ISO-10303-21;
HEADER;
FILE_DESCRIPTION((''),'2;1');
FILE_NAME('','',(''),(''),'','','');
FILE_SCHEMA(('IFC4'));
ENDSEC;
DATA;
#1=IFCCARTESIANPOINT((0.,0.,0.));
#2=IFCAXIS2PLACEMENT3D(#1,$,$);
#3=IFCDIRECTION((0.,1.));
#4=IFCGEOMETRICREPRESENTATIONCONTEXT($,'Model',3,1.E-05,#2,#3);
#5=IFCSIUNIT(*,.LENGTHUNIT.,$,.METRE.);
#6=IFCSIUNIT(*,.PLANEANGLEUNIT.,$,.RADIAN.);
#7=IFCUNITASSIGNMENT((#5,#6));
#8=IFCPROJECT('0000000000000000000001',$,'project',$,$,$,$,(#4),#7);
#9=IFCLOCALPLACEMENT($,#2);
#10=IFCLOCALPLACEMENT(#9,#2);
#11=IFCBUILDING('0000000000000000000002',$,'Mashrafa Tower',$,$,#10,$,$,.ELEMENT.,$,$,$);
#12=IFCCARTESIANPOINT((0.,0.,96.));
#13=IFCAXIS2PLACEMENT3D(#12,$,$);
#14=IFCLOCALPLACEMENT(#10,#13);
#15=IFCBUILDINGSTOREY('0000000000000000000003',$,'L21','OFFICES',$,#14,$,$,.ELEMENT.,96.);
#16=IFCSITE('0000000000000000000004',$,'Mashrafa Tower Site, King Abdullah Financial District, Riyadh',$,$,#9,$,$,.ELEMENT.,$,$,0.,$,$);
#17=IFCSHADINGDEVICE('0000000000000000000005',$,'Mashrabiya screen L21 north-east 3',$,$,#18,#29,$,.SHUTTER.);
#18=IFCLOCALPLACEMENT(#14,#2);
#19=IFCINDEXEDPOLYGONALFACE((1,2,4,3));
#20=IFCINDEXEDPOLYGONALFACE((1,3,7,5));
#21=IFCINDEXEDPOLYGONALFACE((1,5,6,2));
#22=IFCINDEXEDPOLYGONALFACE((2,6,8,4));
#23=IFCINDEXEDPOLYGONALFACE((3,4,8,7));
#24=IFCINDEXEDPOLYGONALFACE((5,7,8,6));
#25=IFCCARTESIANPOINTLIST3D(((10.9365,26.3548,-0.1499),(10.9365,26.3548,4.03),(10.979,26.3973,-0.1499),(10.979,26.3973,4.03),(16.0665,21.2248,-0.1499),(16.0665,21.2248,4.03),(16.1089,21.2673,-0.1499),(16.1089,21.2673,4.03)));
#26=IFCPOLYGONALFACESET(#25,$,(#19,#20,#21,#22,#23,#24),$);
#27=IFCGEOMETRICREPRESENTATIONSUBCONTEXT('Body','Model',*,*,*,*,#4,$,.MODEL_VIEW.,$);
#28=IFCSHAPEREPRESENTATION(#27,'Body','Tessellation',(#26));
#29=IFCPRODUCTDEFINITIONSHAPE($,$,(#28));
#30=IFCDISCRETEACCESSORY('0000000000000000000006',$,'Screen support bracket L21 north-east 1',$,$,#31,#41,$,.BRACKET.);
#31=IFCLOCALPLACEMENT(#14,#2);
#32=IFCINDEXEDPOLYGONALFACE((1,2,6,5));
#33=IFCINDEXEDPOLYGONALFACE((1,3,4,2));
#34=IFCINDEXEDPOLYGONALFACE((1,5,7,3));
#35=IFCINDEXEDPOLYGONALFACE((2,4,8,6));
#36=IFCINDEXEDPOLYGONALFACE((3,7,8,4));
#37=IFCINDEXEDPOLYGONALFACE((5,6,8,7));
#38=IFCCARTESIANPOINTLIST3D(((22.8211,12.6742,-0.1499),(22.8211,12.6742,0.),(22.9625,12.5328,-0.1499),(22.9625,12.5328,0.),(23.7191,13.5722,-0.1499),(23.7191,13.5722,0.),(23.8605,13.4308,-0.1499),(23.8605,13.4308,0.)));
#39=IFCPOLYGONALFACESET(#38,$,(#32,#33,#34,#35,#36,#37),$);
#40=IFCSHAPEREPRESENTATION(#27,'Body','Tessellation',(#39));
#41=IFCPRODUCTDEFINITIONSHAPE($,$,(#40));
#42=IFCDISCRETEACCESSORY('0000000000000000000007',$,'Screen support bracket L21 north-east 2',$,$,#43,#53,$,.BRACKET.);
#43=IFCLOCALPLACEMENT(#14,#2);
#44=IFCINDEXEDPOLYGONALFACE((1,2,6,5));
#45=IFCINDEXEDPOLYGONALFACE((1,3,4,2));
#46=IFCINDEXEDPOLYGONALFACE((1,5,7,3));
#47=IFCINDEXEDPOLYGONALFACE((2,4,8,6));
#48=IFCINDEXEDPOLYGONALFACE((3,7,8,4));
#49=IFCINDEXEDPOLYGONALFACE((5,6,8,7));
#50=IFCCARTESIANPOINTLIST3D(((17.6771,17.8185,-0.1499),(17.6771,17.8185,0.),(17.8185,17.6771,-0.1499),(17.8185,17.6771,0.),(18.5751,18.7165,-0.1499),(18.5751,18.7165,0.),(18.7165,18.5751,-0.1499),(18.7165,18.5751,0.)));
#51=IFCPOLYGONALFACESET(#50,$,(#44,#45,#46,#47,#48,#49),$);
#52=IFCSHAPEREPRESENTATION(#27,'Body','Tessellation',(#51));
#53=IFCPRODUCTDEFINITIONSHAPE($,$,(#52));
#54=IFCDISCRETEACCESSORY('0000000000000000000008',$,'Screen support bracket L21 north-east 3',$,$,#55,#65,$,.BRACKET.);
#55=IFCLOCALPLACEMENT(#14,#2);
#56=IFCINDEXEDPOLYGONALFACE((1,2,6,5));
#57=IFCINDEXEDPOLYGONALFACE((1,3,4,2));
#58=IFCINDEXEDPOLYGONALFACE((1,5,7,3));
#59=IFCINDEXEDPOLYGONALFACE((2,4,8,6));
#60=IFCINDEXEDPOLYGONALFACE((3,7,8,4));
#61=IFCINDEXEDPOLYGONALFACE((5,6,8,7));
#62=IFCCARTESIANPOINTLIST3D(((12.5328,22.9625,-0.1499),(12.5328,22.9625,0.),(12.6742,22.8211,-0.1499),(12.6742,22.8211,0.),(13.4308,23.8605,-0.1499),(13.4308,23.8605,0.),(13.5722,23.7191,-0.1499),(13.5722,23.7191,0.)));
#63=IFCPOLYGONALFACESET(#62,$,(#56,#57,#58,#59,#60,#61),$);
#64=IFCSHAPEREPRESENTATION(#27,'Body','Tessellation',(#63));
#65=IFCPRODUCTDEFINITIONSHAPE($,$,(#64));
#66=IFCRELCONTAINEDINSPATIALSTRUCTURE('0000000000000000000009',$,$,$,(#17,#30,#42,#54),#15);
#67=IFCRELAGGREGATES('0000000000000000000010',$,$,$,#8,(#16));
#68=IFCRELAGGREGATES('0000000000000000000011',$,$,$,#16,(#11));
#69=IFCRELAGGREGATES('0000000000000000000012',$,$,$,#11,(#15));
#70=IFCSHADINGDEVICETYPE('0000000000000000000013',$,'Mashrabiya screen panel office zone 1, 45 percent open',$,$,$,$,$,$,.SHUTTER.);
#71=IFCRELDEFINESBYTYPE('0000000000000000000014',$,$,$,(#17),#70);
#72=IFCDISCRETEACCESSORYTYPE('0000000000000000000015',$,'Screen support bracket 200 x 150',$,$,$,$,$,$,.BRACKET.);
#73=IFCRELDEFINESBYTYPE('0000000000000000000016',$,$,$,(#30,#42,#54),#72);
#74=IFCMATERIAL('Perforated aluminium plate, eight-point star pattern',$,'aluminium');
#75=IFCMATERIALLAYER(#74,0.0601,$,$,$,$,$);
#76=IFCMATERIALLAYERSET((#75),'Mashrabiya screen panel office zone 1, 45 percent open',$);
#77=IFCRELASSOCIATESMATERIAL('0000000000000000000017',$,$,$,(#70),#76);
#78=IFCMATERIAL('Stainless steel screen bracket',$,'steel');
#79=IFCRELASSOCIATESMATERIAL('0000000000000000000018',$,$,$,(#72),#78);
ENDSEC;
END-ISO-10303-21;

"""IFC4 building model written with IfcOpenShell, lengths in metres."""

from ifc_helpers import new_model, si_unit, direction, frame, origin, origin_2d, place, context, subcontext, project, spatial, rectangle, extrude, source, transform, mapped, material, layer, layer_set, type_object, type_shapes, element, save


model = new_model("IFC4")

# Units and contexts
model_context = context("Model", 3, precision=1e-05, world=origin(), true_north=direction((0.0, 1.0)))
body_context = subcontext(model_context, "Body", "Model", "MODEL_VIEW")
ifc_project = project(units=[si_unit("LENGTHUNIT", "METRE"), si_unit("PLANEANGLEUNIT", "RADIAN")], contexts=[model_context])

# Site, building, storey
site_placement = place(None, origin())
site = spatial("IfcSite", under=ifc_project, at=site_placement, Name="Mashrafa Tower Site, King Abdullah Financial District, Riyadh", CompositionType="ELEMENT", RefElevation=0.0)
building_placement = place(site_placement, origin())
building = spatial("IfcBuilding", under=site, at=building_placement, Name="Mashrafa Tower", CompositionType="ELEMENT")
storey_placement = place(building_placement, frame((0.0, 0.0, 96.0)))
storey = spatial("IfcBuildingStorey", under=building, at=storey_placement, Name="L21", Description="OFFICES", CompositionType="ELEMENT", Elevation=96.0)

# Shading device
ifc_material_1 = material(Name="Perforated aluminium plate, eight-point star pattern", Category="aluminium")
ifc_layer_1 = layer(ifc_material_1, 0.0601)
ifc_layer_set_1 = layer_set([ifc_layer_1], Name="Mashrabiya screen panel office zone 1, 45 percent open")
shading_device_type = type_object("IfcShadingDeviceType", Name="Mashrabiya screen panel office zone 1, 45 percent open", PredefinedType="SHUTTER", material=ifc_layer_set_1)
shared_shape_1 = source(origin(), body_context, "Body", "SweptSolid", [
    extrude(rectangle(XDim=7.2549, YDim=0.0601, at=origin_2d()), origin(), (0.0, 0.0, 1.0), 4.1799),
])
type_shapes(shading_device_type, [shared_shape_1])
for number, where, z_axis, x_axis, name in (
    (1, (13.5227, 23.811, -0.1499), (0.0, 0.0, 1.0), (-0.707107, 0.707107, 0.0), "Mashrabiya screen L21 north-east 3"),
):
    element("IfcShadingDevice", number, at=place(storey_placement, frame(where, z_axis=z_axis, x_axis=x_axis)), inside=storey, type_object=shading_device_type, Name=name, PredefinedType="SHUTTER", context=body_context, shape_type="MappedRepresentation", body=[
        mapped(shared_shape_1, transform((0.0, 0.0, 0.0))),
    ])

# Discrete accessories
ifc_material_2 = material(Name="Stainless steel screen bracket", Category="steel")
discrete_accessory_type = type_object("IfcDiscreteAccessoryType", Name="Screen support bracket 200 x 150", PredefinedType="BRACKET", material=ifc_material_2)
shared_shape_2 = source(origin(), body_context, "Body", "SweptSolid", [
    extrude(rectangle(XDim=0.2, YDim=1.27, at=origin_2d()), origin(), (0.0, 0.0, 1.0), 0.1499),
])
type_shapes(discrete_accessory_type, [shared_shape_2])
for number, where, z_axis, x_axis, name in (
    (2, (23.3408, 13.0525, -0.1499), (0.0, 0.0, 1.0), (-0.707107, 0.707107, 0.0), "Screen support bracket L21 north-east 1"),
    (3, (18.1968, 18.1968, -0.1499), (0.0, 0.0, 1.0), (-0.707107, 0.707107, 0.0), "Screen support bracket L21 north-east 2"),
    (4, (13.0525, 23.3408, -0.1499), (0.0, 0.0, 1.0), (-0.707107, 0.707107, 0.0), "Screen support bracket L21 north-east 3"),
):
    element("IfcDiscreteAccessory", number, at=place(storey_placement, frame(where, z_axis=z_axis, x_axis=x_axis)), inside=storey, type_object=discrete_accessory_type, Name=name, PredefinedType="BRACKET", context=body_context, shape_type="MappedRepresentation", body=[
        mapped(shared_shape_2, transform((0.0, 0.0, 0.0))),
    ])

save(model, "model.ifc")
